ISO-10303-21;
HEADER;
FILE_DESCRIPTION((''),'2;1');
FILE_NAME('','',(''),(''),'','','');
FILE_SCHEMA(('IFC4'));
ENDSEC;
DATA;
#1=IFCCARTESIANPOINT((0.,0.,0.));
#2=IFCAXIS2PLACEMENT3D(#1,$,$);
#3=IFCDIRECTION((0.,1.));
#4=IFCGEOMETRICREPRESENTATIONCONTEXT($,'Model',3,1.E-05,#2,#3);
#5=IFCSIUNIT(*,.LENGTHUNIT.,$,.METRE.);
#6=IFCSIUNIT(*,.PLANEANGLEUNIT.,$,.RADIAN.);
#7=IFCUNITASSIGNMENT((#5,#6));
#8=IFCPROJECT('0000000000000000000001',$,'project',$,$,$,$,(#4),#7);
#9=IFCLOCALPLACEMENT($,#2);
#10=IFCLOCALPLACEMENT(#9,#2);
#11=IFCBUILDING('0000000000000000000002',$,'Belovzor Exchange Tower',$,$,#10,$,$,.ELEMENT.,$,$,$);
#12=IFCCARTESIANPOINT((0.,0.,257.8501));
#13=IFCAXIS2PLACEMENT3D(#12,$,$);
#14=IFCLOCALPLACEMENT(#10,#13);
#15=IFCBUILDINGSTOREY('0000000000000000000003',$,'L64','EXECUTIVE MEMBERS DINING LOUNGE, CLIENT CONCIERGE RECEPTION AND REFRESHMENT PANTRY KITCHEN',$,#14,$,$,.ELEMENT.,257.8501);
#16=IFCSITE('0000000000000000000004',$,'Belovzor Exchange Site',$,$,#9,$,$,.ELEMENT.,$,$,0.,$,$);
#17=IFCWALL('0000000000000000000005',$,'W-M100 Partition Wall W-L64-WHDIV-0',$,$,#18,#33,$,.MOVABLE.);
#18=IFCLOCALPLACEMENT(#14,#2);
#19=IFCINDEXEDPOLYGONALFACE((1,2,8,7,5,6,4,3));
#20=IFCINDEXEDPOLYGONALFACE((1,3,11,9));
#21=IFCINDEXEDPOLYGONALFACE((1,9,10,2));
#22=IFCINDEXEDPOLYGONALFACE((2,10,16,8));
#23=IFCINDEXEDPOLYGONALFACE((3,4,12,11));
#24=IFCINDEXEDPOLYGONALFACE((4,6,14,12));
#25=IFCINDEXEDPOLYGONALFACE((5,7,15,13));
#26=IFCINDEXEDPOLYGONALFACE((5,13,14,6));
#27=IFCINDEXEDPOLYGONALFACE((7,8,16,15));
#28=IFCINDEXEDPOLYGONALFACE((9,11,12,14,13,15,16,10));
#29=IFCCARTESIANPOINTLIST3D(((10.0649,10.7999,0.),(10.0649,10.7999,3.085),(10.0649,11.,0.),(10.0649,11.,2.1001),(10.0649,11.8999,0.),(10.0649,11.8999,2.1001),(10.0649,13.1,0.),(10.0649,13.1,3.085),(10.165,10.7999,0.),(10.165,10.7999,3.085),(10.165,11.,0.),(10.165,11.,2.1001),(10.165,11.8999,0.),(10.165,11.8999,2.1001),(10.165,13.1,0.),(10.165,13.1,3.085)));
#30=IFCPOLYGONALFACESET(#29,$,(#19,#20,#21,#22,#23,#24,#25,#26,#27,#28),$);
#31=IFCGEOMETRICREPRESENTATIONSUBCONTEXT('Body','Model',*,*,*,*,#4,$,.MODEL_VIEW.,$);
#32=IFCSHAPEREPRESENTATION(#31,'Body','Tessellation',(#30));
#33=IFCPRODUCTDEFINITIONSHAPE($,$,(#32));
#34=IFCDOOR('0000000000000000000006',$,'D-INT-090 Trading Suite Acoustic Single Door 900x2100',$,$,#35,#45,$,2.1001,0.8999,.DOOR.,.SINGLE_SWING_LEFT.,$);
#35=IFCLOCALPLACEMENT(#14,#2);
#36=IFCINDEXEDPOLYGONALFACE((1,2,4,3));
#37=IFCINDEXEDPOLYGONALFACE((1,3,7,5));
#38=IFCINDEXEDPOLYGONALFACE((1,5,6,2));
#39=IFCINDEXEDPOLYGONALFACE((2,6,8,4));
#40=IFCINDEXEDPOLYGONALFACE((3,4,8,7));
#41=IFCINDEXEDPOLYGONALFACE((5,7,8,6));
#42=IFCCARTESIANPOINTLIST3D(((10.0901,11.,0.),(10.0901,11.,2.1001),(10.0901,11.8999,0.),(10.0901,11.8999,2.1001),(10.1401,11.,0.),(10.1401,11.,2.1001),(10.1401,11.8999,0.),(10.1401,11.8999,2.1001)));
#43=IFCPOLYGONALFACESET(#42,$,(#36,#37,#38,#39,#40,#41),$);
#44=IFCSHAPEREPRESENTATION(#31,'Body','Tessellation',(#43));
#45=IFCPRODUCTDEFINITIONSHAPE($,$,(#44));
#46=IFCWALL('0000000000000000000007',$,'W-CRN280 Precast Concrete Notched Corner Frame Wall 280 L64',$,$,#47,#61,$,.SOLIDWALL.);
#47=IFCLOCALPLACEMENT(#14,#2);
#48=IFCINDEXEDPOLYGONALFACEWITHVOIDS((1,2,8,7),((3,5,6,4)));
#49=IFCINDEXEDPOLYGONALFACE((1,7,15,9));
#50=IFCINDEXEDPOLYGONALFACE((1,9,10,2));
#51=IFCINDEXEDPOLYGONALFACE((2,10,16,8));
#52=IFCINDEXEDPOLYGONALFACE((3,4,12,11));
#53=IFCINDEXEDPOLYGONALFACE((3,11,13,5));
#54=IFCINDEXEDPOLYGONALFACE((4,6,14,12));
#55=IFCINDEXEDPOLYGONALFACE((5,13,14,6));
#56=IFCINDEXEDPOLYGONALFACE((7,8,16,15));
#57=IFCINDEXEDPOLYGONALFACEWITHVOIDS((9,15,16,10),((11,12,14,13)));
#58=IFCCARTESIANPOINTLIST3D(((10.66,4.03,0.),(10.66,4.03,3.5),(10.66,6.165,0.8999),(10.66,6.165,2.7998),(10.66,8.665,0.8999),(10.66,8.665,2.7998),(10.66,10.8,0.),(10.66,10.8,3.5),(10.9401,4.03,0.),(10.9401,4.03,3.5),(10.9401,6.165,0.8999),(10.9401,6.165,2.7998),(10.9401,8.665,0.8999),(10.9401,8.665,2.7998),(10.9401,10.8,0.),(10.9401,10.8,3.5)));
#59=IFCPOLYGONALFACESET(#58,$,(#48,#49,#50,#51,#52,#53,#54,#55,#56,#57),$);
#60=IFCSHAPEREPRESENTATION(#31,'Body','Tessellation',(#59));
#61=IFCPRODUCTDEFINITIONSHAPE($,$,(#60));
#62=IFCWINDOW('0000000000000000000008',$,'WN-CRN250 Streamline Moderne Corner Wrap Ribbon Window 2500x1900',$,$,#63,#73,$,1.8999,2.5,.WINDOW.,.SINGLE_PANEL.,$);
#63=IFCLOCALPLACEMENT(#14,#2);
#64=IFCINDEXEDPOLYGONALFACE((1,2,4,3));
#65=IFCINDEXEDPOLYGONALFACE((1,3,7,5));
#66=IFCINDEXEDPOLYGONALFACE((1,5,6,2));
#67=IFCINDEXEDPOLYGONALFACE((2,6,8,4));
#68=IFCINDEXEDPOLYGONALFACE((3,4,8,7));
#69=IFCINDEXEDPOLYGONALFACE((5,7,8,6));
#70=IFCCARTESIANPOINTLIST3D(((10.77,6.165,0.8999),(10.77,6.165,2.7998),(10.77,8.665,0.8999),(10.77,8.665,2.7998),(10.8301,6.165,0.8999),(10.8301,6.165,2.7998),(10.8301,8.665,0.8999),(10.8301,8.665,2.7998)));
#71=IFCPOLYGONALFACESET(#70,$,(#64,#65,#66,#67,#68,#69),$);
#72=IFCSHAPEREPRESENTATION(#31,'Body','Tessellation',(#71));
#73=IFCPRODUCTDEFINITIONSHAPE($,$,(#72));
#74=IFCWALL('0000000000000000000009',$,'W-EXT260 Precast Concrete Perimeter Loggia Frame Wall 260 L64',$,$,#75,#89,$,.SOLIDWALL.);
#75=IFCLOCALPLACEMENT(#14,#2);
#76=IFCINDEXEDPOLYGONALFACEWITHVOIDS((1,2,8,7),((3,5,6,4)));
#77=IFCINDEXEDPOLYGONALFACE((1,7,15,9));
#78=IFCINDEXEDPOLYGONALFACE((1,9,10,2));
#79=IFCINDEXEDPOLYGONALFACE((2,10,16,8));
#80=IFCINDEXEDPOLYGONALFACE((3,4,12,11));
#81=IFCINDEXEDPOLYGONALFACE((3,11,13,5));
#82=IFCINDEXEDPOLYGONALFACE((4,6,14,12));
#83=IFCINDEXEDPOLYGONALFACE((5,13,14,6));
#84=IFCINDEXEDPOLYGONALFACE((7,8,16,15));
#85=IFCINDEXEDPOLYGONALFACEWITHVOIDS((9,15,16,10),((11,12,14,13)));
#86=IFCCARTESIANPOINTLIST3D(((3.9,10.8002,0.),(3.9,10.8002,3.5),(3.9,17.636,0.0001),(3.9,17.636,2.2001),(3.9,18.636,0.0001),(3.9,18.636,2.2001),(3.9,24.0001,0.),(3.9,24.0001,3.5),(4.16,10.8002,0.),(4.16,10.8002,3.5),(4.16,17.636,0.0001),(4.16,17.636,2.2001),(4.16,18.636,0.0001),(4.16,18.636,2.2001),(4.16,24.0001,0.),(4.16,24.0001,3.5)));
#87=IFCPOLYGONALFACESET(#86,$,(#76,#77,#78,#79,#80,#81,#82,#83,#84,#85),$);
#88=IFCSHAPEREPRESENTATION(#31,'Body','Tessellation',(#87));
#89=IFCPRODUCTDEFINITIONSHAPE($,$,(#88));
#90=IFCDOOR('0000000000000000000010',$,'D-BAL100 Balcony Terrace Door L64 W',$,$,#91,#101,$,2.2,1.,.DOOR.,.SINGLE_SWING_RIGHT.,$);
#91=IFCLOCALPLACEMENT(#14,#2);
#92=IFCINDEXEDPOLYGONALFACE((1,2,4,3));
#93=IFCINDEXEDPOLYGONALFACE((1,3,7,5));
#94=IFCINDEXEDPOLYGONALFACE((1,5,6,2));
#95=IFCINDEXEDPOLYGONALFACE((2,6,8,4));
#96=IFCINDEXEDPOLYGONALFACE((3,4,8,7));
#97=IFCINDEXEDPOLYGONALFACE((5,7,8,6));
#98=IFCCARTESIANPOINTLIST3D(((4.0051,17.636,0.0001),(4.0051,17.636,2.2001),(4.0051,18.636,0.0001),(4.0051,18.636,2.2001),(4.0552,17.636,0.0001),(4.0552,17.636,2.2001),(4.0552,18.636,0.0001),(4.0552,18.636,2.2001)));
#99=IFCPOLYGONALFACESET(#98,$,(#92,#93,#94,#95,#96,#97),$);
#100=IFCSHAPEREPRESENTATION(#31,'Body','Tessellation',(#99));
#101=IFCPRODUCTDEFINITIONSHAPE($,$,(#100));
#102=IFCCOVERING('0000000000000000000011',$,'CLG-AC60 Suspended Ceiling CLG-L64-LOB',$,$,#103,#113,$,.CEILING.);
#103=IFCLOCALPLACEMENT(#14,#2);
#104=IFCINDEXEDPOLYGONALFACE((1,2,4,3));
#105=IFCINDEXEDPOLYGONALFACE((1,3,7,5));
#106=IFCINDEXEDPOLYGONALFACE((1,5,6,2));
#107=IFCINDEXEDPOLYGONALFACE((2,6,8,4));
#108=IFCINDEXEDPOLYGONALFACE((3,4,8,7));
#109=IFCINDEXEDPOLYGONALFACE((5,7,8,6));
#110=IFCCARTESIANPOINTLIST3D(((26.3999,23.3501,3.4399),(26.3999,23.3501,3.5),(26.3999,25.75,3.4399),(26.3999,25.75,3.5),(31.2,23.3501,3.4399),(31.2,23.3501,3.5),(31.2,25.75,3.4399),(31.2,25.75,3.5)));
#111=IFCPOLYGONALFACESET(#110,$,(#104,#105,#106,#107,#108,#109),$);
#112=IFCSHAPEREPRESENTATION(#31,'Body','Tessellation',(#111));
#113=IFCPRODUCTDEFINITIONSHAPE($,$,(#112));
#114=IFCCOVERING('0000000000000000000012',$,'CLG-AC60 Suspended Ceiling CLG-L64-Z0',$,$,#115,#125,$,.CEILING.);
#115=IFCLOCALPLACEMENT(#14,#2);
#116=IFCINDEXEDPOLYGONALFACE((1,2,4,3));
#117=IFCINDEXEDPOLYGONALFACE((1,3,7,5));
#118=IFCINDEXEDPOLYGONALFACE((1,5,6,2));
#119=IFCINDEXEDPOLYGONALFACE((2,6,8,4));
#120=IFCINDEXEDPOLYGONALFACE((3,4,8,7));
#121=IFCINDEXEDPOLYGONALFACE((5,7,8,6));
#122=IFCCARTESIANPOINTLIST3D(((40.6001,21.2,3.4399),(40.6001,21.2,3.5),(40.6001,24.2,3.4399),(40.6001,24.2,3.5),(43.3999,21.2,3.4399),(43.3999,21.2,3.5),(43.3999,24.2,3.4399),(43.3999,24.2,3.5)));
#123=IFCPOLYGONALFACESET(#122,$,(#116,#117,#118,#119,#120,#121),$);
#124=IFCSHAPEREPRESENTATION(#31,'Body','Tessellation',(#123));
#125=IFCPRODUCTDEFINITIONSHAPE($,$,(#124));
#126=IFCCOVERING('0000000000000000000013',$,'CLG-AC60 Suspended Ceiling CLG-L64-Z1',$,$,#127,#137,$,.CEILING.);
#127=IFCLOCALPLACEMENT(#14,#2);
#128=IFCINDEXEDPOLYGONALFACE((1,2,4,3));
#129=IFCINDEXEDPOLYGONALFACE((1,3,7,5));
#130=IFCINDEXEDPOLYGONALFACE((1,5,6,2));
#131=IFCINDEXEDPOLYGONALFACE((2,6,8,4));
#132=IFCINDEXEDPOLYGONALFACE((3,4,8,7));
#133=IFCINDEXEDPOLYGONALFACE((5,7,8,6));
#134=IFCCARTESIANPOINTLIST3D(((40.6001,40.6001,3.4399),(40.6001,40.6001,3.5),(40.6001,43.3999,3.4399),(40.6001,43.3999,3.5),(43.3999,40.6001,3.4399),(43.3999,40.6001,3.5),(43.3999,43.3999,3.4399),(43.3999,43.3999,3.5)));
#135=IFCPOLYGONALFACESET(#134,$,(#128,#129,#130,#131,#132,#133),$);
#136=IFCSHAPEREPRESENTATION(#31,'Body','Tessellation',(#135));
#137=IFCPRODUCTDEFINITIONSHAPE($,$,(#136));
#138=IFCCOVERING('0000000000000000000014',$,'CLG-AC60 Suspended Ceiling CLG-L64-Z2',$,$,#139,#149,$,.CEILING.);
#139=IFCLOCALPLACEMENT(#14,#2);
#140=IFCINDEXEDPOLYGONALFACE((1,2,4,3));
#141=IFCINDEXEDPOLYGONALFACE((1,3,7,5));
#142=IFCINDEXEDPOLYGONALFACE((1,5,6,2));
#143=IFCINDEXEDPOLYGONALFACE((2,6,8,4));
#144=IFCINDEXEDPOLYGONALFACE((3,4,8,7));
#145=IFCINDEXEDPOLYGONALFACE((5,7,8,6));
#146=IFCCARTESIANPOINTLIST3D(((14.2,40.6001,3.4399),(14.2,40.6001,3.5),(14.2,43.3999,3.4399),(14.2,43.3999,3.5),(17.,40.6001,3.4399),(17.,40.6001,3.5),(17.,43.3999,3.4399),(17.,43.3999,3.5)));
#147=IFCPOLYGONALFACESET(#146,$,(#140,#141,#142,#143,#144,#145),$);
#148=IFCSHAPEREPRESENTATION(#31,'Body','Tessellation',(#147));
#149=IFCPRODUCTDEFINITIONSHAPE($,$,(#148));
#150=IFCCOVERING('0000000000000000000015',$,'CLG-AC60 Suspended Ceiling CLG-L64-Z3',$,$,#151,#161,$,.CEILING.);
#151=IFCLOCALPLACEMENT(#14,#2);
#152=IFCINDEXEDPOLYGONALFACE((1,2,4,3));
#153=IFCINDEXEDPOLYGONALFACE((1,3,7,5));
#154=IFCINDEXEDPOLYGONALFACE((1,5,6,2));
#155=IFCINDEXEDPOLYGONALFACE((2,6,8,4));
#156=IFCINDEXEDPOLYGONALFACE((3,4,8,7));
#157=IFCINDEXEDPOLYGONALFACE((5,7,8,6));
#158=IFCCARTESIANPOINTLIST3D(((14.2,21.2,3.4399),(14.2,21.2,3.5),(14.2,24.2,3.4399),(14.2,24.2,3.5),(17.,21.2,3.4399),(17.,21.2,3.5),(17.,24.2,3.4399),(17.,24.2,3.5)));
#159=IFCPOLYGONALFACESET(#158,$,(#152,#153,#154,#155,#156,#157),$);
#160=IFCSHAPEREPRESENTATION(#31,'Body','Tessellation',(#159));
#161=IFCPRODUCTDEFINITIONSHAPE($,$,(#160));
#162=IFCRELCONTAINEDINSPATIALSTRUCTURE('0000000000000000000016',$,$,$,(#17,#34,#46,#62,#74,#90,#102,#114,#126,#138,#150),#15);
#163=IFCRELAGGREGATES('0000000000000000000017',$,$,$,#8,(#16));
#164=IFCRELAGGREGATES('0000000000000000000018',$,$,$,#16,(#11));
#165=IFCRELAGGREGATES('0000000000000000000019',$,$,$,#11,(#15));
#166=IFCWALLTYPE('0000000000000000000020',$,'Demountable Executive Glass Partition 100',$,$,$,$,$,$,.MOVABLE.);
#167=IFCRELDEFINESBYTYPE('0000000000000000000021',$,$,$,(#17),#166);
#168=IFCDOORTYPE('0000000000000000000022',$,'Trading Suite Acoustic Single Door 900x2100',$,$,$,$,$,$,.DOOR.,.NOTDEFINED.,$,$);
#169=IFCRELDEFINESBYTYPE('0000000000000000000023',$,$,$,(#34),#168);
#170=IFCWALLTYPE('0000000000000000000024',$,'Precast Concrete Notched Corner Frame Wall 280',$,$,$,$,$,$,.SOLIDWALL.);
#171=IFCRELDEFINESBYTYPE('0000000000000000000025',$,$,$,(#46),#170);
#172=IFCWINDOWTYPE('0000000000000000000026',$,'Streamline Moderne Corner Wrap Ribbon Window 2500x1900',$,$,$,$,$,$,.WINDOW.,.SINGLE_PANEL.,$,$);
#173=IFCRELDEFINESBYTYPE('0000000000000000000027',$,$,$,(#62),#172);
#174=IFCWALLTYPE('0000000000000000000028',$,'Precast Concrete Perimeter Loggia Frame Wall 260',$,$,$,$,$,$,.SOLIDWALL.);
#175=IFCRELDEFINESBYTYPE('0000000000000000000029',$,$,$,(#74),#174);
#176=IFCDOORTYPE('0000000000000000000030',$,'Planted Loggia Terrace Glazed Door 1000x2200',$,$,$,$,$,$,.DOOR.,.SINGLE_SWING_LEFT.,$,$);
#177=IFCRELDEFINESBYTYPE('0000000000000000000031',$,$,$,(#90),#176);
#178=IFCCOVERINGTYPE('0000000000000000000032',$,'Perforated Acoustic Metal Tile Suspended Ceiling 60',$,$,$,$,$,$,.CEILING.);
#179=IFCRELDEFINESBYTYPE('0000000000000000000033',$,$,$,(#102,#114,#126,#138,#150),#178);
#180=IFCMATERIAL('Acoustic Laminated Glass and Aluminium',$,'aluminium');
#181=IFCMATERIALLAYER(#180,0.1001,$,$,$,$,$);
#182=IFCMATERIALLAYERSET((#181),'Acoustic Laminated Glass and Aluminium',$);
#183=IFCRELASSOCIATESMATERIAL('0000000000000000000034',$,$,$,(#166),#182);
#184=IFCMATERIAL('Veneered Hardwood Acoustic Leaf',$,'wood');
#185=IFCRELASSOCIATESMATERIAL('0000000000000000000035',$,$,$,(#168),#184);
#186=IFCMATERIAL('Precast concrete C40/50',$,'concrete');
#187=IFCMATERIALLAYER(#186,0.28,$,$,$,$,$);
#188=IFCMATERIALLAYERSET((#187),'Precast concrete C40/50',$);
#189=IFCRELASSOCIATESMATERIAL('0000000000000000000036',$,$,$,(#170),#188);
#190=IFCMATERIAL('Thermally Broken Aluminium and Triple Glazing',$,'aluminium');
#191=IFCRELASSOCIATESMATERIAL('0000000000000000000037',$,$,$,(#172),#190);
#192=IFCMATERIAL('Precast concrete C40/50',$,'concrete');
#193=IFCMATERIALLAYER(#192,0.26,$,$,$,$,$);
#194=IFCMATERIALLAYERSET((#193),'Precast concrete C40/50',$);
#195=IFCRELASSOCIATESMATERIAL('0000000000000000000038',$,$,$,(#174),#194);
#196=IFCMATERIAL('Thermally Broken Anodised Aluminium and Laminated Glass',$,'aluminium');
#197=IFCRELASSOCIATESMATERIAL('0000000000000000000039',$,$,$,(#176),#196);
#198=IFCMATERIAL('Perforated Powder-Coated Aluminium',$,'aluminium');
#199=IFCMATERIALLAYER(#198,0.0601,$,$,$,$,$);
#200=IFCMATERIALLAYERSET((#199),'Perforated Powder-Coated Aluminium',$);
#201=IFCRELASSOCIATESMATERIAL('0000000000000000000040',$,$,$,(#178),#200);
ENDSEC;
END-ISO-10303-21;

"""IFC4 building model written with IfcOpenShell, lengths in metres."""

from ifc_helpers import new_model, si_unit, direction, frame, frame_2d, origin, place, context, subcontext, project, spatial, polyline, rectangle, outline, extrude, material, layer, layer_set, type_object, element, fill, save


model = new_model("IFC4")

# Units and contexts
model_context = context("Model", 3, precision=1e-05, world=origin(), true_north=direction((0.0, 1.0)))
body_context = subcontext(model_context, "Body", "Model", "MODEL_VIEW")
ifc_project = project(units=[si_unit("LENGTHUNIT", "METRE"), si_unit("PLANEANGLEUNIT", "RADIAN")], contexts=[model_context])

# Site, building, storey
site_placement = place(None, origin())
site = spatial("IfcSite", under=ifc_project, at=site_placement, Name="Belovzor Exchange Site", CompositionType="ELEMENT", RefElevation=0.0)
building_placement = place(site_placement, origin())
building = spatial("IfcBuilding", under=site, at=building_placement, Name="Belovzor Exchange Tower", CompositionType="ELEMENT")
storey_placement = place(building_placement, frame((0.0, 0.0, 257.8501)))
storey = spatial("IfcBuildingStorey", under=building, at=storey_placement, Name="L64", Description="EXECUTIVE MEMBERS DINING LOUNGE, CLIENT CONCIERGE RECEPTION AND REFRESHMENT PANTRY KITCHEN", CompositionType="ELEMENT", Elevation=257.8501)

# Wall, opening, door
ifc_material_1 = material(Name="Acoustic Laminated Glass and Aluminium", Category="aluminium")
ifc_layer_1 = layer(ifc_material_1, 0.1001)
ifc_layer_set_1 = layer_set([ifc_layer_1], Name="Acoustic Laminated Glass and Aluminium")
wall_type_1 = type_object("IfcWallType", Name="Demountable Executive Glass Partition 100", PredefinedType="MOVABLE", material=ifc_layer_set_1)
wall_1_placement = place(storey_placement, frame((10.115, 10.8, 0.0), z_axis=(0.0, 0.0, 1.0), x_axis=(0.0, 1.0, 0.0)))
wall_1 = element("IfcWall", 1, at=wall_1_placement, inside=storey, type_object=wall_type_1, Name="W-M100 Partition Wall W-L64-WHDIV-0", PredefinedType="MOVABLE", context=body_context, shape_type="SweptSolid", body=[
    extrude(rectangle(XDim=2.3, YDim=0.1001, at=frame_2d((1.1499, 0.0))), origin(), (0.0, 0.0, 1.0), 3.085),
])
opening_1_placement = place(wall_1_placement, frame((0.2, 0.0, 0.0)))
opening_1 = element("IfcOpeningElement", 2, at=opening_1_placement, cuts=wall_1, PredefinedType="OPENING", context=body_context, shape_type="SweptSolid", body=[
    extrude(rectangle(XDim=0.8999, YDim=2.1001, at=frame_2d((0.45, 1.05))), frame((0.0, 0.0601, 0.0), z_axis=(0.0, -1.0, 0.0), x_axis=(1.0, 0.0, 0.0)), (0.0, 0.0, 1.0), 0.1201),
])
ifc_material_2 = material(Name="Veneered Hardwood Acoustic Leaf", Category="wood")
door_type_1 = type_object("IfcDoorType", Name="Trading Suite Acoustic Single Door 900x2100", OperationType="NOTDEFINED", PredefinedType="DOOR", material=ifc_material_2)
door_1_placement = place(opening_1_placement, origin())
door_1 = element("IfcDoor", 3, at=door_1_placement, inside=storey, type_object=door_type_1, Name="D-INT-090 Trading Suite Acoustic Single Door 900x2100", OperationType="SINGLE_SWING_LEFT", OverallHeight=2.1001, OverallWidth=0.8999, PredefinedType="DOOR", context=body_context, shape_type="SweptSolid", body=[
    extrude(rectangle(XDim=0.8999, YDim=2.1001, at=frame_2d((0.45, 1.05))), frame((0.0, 0.0249, 0.0), z_axis=(0.0, -1.0, 0.0), x_axis=(1.0, 0.0, 0.0)), (0.0, 0.0, 1.0), 0.05),
])
fill(opening_1, door_1)

# Wall, opening, window
ifc_material_3 = material(Name="Precast concrete C40/50", Category="concrete")
ifc_layer_2 = layer(ifc_material_3, 0.28)
ifc_layer_set_2 = layer_set([ifc_layer_2], Name="Precast concrete C40/50")
wall_type_2 = type_object("IfcWallType", Name="Precast Concrete Notched Corner Frame Wall 280", PredefinedType="SOLIDWALL", material=ifc_layer_set_2)
wall_2_placement = place(storey_placement, frame((10.8, 4.03, 0.0), z_axis=(0.0, 0.0, 1.0), x_axis=(0.0, 1.0, 0.0)))
wall_2 = element("IfcWall", 4, at=wall_2_placement, inside=storey, type_object=wall_type_2, Name="W-CRN280 Precast Concrete Notched Corner Frame Wall 280 L64", PredefinedType="SOLIDWALL", context=body_context, shape_type="SweptSolid", body=[
    extrude(rectangle(XDim=6.77, YDim=0.28, at=frame_2d((3.385, 0.0))), origin(), (0.0, 0.0, 1.0), 3.5),
])
opening_2_placement = place(wall_2_placement, frame((2.135, 0.0, 0.8999)))
opening_2 = element("IfcOpeningElement", 5, at=opening_2_placement, cuts=wall_2, PredefinedType="OPENING", context=body_context, shape_type="SweptSolid", body=[
    extrude(rectangle(XDim=2.5, YDim=1.8999, at=frame_2d((1.25, 0.95))), frame((0.0, 0.1499, 0.0), z_axis=(0.0, -1.0, 0.0), x_axis=(1.0, 0.0, 0.0)), (0.0, 0.0, 1.0), 0.3),
])
ifc_material_4 = material(Name="Thermally Broken Aluminium and Triple Glazing", Category="aluminium")
window_type = type_object("IfcWindowType", Name="Streamline Moderne Corner Wrap Ribbon Window 2500x1900", PartitioningType="SINGLE_PANEL", PredefinedType="WINDOW", material=ifc_material_4)
window_placement = place(opening_2_placement, origin())
window = element("IfcWindow", 6, at=window_placement, inside=storey, type_object=window_type, Name="WN-CRN250 Streamline Moderne Corner Wrap Ribbon Window 2500x1900", OverallHeight=1.8999, OverallWidth=2.5, PartitioningType="SINGLE_PANEL", PredefinedType="WINDOW", context=body_context, shape_type="SweptSolid", body=[
    extrude(rectangle(XDim=2.5, YDim=1.8999, at=frame_2d((1.25, 0.95))), frame((0.0, 0.03, 0.0), z_axis=(0.0, -1.0, 0.0), x_axis=(1.0, 0.0, 0.0)), (0.0, 0.0, 1.0), 0.0601),
])
fill(opening_2, window)

# Wall, opening, door
ifc_material_5 = material(Name="Precast concrete C40/50", Category="concrete")
ifc_layer_3 = layer(ifc_material_5, 0.26)
ifc_layer_set_3 = layer_set([ifc_layer_3], Name="Precast concrete C40/50")
wall_type_3 = type_object("IfcWallType", Name="Precast Concrete Perimeter Loggia Frame Wall 260", PredefinedType="SOLIDWALL", material=ifc_layer_set_3)
wall_3_placement = place(storey_placement, frame((4.03, 10.8, 0.0), z_axis=(0.0, 0.0, 1.0), x_axis=(0.0, 1.0, 0.0)))
wall_3 = element("IfcWall", 7, at=wall_3_placement, inside=storey, type_object=wall_type_3, Name="W-EXT260 Precast Concrete Perimeter Loggia Frame Wall 260 L64", PredefinedType="SOLIDWALL", context=body_context, shape_type="SweptSolid", body=[
    extrude(rectangle(XDim=13.2, YDim=0.26, at=frame_2d((6.6001, 0.0))), origin(), (0.0, 0.0, 1.0), 3.5),
])
opening_3_placement = place(wall_3_placement, frame((6.8359, 0.0, 0.0)))
opening_3 = element("IfcOpeningElement", 8, at=opening_3_placement, cuts=wall_3, PredefinedType="OPENING", context=body_context, shape_type="SweptSolid", body=[
    extrude(rectangle(XDim=1.0, YDim=2.2, at=frame_2d((0.5, 1.1001))), frame((0.0, 0.1399, 0.0), z_axis=(0.0, -1.0, 0.0), x_axis=(1.0, 0.0, 0.0)), (0.0, 0.0, 1.0), 0.28),
])
ifc_material_6 = material(Name="Thermally Broken Anodised Aluminium and Laminated Glass", Category="aluminium")
door_type_2 = type_object("IfcDoorType", Name="Planted Loggia Terrace Glazed Door 1000x2200", OperationType="SINGLE_SWING_LEFT", PredefinedType="DOOR", material=ifc_material_6)
door_2_placement = place(opening_3_placement, origin())
door_2 = element("IfcDoor", 9, at=door_2_placement, inside=storey, type_object=door_type_2, Name="D-BAL100 Balcony Terrace Door L64 W", OperationType="SINGLE_SWING_RIGHT", OverallHeight=2.2, OverallWidth=1.0, PredefinedType="DOOR", context=body_context, shape_type="SweptSolid", body=[
    extrude(rectangle(XDim=1.0, YDim=2.2, at=frame_2d((0.5, 1.1001))), frame((0.0, 0.0249, 0.0), z_axis=(0.0, -1.0, 0.0), x_axis=(1.0, 0.0, 0.0)), (0.0, 0.0, 1.0), 0.05),
])
fill(opening_3, door_2)

# Coverings
ifc_material_7 = material(Name="Perforated Powder-Coated Aluminium", Category="aluminium")
ifc_layer_4 = layer(ifc_material_7, 0.0601)
ifc_layer_set_4 = layer_set([ifc_layer_4], Name="Perforated Powder-Coated Aluminium")
covering_type_1 = type_object("IfcCoveringType", Name="Perforated Acoustic Metal Tile Suspended Ceiling 60", PredefinedType="CEILING", material=ifc_layer_set_4)
covering_1_placement = place(storey_placement, frame((0.0, 0.0, 3.4399)))
element("IfcCovering", 10, at=covering_1_placement, inside=storey, type_object=covering_type_1, Name="CLG-AC60 Suspended Ceiling CLG-L64-LOB", PredefinedType="CEILING", context=body_context, shape_type="SweptSolid", body=[
    extrude(outline(polyline([(26.3999, 23.3501), (31.2, 23.3501), (31.2, 25.75), (26.3999, 25.75), (26.3999, 23.3501)])), origin(), (0.0, 0.0, 1.0), 0.0601),
])
covering_2_placement = place(storey_placement, frame((0.0, 0.0, 3.4399)))
element("IfcCovering", 11, at=covering_2_placement, inside=storey, type_object=covering_type_1, Name="CLG-AC60 Suspended Ceiling CLG-L64-Z0", PredefinedType="CEILING", context=body_context, shape_type="SweptSolid", body=[
    extrude(outline(polyline([(40.6001, 21.2), (43.3999, 21.2), (43.3999, 24.2), (40.6001, 24.2), (40.6001, 21.2)])), origin(), (0.0, 0.0, 1.0), 0.0601),
])
covering_3_placement = place(storey_placement, frame((0.0, 0.0, 3.4399)))
element("IfcCovering", 12, at=covering_3_placement, inside=storey, type_object=covering_type_1, Name="CLG-AC60 Suspended Ceiling CLG-L64-Z1", PredefinedType="CEILING", context=body_context, shape_type="SweptSolid", body=[
    extrude(outline(polyline([(40.6001, 40.6001), (43.3999, 40.6001), (43.3999, 43.3999), (40.6001, 43.3999), (40.6001, 40.6001)])), origin(), (0.0, 0.0, 1.0), 0.0601),
])
covering_4_placement = place(storey_placement, frame((0.0, 0.0, 3.4399)))
element("IfcCovering", 13, at=covering_4_placement, inside=storey, type_object=covering_type_1, Name="CLG-AC60 Suspended Ceiling CLG-L64-Z2", PredefinedType="CEILING", context=body_context, shape_type="SweptSolid", body=[
    extrude(outline(polyline([(14.2, 40.6001), (17.0, 40.6001), (17.0, 43.3999), (14.2, 43.3999), (14.2, 40.6001)])), origin(), (0.0, 0.0, 1.0), 0.0601),
])
covering_5_placement = place(storey_placement, frame((0.0, 0.0, 3.4399)))
element("IfcCovering", 14, at=covering_5_placement, inside=storey, type_object=covering_type_1, Name="CLG-AC60 Suspended Ceiling CLG-L64-Z3", PredefinedType="CEILING", context=body_context, shape_type="SweptSolid", body=[
    extrude(outline(polyline([(14.2, 21.2), (17.0, 21.2), (17.0, 24.2), (14.2, 24.2), (14.2, 21.2)])), origin(), (0.0, 0.0, 1.0), 0.0601),
])

save(model, "model.ifc")
